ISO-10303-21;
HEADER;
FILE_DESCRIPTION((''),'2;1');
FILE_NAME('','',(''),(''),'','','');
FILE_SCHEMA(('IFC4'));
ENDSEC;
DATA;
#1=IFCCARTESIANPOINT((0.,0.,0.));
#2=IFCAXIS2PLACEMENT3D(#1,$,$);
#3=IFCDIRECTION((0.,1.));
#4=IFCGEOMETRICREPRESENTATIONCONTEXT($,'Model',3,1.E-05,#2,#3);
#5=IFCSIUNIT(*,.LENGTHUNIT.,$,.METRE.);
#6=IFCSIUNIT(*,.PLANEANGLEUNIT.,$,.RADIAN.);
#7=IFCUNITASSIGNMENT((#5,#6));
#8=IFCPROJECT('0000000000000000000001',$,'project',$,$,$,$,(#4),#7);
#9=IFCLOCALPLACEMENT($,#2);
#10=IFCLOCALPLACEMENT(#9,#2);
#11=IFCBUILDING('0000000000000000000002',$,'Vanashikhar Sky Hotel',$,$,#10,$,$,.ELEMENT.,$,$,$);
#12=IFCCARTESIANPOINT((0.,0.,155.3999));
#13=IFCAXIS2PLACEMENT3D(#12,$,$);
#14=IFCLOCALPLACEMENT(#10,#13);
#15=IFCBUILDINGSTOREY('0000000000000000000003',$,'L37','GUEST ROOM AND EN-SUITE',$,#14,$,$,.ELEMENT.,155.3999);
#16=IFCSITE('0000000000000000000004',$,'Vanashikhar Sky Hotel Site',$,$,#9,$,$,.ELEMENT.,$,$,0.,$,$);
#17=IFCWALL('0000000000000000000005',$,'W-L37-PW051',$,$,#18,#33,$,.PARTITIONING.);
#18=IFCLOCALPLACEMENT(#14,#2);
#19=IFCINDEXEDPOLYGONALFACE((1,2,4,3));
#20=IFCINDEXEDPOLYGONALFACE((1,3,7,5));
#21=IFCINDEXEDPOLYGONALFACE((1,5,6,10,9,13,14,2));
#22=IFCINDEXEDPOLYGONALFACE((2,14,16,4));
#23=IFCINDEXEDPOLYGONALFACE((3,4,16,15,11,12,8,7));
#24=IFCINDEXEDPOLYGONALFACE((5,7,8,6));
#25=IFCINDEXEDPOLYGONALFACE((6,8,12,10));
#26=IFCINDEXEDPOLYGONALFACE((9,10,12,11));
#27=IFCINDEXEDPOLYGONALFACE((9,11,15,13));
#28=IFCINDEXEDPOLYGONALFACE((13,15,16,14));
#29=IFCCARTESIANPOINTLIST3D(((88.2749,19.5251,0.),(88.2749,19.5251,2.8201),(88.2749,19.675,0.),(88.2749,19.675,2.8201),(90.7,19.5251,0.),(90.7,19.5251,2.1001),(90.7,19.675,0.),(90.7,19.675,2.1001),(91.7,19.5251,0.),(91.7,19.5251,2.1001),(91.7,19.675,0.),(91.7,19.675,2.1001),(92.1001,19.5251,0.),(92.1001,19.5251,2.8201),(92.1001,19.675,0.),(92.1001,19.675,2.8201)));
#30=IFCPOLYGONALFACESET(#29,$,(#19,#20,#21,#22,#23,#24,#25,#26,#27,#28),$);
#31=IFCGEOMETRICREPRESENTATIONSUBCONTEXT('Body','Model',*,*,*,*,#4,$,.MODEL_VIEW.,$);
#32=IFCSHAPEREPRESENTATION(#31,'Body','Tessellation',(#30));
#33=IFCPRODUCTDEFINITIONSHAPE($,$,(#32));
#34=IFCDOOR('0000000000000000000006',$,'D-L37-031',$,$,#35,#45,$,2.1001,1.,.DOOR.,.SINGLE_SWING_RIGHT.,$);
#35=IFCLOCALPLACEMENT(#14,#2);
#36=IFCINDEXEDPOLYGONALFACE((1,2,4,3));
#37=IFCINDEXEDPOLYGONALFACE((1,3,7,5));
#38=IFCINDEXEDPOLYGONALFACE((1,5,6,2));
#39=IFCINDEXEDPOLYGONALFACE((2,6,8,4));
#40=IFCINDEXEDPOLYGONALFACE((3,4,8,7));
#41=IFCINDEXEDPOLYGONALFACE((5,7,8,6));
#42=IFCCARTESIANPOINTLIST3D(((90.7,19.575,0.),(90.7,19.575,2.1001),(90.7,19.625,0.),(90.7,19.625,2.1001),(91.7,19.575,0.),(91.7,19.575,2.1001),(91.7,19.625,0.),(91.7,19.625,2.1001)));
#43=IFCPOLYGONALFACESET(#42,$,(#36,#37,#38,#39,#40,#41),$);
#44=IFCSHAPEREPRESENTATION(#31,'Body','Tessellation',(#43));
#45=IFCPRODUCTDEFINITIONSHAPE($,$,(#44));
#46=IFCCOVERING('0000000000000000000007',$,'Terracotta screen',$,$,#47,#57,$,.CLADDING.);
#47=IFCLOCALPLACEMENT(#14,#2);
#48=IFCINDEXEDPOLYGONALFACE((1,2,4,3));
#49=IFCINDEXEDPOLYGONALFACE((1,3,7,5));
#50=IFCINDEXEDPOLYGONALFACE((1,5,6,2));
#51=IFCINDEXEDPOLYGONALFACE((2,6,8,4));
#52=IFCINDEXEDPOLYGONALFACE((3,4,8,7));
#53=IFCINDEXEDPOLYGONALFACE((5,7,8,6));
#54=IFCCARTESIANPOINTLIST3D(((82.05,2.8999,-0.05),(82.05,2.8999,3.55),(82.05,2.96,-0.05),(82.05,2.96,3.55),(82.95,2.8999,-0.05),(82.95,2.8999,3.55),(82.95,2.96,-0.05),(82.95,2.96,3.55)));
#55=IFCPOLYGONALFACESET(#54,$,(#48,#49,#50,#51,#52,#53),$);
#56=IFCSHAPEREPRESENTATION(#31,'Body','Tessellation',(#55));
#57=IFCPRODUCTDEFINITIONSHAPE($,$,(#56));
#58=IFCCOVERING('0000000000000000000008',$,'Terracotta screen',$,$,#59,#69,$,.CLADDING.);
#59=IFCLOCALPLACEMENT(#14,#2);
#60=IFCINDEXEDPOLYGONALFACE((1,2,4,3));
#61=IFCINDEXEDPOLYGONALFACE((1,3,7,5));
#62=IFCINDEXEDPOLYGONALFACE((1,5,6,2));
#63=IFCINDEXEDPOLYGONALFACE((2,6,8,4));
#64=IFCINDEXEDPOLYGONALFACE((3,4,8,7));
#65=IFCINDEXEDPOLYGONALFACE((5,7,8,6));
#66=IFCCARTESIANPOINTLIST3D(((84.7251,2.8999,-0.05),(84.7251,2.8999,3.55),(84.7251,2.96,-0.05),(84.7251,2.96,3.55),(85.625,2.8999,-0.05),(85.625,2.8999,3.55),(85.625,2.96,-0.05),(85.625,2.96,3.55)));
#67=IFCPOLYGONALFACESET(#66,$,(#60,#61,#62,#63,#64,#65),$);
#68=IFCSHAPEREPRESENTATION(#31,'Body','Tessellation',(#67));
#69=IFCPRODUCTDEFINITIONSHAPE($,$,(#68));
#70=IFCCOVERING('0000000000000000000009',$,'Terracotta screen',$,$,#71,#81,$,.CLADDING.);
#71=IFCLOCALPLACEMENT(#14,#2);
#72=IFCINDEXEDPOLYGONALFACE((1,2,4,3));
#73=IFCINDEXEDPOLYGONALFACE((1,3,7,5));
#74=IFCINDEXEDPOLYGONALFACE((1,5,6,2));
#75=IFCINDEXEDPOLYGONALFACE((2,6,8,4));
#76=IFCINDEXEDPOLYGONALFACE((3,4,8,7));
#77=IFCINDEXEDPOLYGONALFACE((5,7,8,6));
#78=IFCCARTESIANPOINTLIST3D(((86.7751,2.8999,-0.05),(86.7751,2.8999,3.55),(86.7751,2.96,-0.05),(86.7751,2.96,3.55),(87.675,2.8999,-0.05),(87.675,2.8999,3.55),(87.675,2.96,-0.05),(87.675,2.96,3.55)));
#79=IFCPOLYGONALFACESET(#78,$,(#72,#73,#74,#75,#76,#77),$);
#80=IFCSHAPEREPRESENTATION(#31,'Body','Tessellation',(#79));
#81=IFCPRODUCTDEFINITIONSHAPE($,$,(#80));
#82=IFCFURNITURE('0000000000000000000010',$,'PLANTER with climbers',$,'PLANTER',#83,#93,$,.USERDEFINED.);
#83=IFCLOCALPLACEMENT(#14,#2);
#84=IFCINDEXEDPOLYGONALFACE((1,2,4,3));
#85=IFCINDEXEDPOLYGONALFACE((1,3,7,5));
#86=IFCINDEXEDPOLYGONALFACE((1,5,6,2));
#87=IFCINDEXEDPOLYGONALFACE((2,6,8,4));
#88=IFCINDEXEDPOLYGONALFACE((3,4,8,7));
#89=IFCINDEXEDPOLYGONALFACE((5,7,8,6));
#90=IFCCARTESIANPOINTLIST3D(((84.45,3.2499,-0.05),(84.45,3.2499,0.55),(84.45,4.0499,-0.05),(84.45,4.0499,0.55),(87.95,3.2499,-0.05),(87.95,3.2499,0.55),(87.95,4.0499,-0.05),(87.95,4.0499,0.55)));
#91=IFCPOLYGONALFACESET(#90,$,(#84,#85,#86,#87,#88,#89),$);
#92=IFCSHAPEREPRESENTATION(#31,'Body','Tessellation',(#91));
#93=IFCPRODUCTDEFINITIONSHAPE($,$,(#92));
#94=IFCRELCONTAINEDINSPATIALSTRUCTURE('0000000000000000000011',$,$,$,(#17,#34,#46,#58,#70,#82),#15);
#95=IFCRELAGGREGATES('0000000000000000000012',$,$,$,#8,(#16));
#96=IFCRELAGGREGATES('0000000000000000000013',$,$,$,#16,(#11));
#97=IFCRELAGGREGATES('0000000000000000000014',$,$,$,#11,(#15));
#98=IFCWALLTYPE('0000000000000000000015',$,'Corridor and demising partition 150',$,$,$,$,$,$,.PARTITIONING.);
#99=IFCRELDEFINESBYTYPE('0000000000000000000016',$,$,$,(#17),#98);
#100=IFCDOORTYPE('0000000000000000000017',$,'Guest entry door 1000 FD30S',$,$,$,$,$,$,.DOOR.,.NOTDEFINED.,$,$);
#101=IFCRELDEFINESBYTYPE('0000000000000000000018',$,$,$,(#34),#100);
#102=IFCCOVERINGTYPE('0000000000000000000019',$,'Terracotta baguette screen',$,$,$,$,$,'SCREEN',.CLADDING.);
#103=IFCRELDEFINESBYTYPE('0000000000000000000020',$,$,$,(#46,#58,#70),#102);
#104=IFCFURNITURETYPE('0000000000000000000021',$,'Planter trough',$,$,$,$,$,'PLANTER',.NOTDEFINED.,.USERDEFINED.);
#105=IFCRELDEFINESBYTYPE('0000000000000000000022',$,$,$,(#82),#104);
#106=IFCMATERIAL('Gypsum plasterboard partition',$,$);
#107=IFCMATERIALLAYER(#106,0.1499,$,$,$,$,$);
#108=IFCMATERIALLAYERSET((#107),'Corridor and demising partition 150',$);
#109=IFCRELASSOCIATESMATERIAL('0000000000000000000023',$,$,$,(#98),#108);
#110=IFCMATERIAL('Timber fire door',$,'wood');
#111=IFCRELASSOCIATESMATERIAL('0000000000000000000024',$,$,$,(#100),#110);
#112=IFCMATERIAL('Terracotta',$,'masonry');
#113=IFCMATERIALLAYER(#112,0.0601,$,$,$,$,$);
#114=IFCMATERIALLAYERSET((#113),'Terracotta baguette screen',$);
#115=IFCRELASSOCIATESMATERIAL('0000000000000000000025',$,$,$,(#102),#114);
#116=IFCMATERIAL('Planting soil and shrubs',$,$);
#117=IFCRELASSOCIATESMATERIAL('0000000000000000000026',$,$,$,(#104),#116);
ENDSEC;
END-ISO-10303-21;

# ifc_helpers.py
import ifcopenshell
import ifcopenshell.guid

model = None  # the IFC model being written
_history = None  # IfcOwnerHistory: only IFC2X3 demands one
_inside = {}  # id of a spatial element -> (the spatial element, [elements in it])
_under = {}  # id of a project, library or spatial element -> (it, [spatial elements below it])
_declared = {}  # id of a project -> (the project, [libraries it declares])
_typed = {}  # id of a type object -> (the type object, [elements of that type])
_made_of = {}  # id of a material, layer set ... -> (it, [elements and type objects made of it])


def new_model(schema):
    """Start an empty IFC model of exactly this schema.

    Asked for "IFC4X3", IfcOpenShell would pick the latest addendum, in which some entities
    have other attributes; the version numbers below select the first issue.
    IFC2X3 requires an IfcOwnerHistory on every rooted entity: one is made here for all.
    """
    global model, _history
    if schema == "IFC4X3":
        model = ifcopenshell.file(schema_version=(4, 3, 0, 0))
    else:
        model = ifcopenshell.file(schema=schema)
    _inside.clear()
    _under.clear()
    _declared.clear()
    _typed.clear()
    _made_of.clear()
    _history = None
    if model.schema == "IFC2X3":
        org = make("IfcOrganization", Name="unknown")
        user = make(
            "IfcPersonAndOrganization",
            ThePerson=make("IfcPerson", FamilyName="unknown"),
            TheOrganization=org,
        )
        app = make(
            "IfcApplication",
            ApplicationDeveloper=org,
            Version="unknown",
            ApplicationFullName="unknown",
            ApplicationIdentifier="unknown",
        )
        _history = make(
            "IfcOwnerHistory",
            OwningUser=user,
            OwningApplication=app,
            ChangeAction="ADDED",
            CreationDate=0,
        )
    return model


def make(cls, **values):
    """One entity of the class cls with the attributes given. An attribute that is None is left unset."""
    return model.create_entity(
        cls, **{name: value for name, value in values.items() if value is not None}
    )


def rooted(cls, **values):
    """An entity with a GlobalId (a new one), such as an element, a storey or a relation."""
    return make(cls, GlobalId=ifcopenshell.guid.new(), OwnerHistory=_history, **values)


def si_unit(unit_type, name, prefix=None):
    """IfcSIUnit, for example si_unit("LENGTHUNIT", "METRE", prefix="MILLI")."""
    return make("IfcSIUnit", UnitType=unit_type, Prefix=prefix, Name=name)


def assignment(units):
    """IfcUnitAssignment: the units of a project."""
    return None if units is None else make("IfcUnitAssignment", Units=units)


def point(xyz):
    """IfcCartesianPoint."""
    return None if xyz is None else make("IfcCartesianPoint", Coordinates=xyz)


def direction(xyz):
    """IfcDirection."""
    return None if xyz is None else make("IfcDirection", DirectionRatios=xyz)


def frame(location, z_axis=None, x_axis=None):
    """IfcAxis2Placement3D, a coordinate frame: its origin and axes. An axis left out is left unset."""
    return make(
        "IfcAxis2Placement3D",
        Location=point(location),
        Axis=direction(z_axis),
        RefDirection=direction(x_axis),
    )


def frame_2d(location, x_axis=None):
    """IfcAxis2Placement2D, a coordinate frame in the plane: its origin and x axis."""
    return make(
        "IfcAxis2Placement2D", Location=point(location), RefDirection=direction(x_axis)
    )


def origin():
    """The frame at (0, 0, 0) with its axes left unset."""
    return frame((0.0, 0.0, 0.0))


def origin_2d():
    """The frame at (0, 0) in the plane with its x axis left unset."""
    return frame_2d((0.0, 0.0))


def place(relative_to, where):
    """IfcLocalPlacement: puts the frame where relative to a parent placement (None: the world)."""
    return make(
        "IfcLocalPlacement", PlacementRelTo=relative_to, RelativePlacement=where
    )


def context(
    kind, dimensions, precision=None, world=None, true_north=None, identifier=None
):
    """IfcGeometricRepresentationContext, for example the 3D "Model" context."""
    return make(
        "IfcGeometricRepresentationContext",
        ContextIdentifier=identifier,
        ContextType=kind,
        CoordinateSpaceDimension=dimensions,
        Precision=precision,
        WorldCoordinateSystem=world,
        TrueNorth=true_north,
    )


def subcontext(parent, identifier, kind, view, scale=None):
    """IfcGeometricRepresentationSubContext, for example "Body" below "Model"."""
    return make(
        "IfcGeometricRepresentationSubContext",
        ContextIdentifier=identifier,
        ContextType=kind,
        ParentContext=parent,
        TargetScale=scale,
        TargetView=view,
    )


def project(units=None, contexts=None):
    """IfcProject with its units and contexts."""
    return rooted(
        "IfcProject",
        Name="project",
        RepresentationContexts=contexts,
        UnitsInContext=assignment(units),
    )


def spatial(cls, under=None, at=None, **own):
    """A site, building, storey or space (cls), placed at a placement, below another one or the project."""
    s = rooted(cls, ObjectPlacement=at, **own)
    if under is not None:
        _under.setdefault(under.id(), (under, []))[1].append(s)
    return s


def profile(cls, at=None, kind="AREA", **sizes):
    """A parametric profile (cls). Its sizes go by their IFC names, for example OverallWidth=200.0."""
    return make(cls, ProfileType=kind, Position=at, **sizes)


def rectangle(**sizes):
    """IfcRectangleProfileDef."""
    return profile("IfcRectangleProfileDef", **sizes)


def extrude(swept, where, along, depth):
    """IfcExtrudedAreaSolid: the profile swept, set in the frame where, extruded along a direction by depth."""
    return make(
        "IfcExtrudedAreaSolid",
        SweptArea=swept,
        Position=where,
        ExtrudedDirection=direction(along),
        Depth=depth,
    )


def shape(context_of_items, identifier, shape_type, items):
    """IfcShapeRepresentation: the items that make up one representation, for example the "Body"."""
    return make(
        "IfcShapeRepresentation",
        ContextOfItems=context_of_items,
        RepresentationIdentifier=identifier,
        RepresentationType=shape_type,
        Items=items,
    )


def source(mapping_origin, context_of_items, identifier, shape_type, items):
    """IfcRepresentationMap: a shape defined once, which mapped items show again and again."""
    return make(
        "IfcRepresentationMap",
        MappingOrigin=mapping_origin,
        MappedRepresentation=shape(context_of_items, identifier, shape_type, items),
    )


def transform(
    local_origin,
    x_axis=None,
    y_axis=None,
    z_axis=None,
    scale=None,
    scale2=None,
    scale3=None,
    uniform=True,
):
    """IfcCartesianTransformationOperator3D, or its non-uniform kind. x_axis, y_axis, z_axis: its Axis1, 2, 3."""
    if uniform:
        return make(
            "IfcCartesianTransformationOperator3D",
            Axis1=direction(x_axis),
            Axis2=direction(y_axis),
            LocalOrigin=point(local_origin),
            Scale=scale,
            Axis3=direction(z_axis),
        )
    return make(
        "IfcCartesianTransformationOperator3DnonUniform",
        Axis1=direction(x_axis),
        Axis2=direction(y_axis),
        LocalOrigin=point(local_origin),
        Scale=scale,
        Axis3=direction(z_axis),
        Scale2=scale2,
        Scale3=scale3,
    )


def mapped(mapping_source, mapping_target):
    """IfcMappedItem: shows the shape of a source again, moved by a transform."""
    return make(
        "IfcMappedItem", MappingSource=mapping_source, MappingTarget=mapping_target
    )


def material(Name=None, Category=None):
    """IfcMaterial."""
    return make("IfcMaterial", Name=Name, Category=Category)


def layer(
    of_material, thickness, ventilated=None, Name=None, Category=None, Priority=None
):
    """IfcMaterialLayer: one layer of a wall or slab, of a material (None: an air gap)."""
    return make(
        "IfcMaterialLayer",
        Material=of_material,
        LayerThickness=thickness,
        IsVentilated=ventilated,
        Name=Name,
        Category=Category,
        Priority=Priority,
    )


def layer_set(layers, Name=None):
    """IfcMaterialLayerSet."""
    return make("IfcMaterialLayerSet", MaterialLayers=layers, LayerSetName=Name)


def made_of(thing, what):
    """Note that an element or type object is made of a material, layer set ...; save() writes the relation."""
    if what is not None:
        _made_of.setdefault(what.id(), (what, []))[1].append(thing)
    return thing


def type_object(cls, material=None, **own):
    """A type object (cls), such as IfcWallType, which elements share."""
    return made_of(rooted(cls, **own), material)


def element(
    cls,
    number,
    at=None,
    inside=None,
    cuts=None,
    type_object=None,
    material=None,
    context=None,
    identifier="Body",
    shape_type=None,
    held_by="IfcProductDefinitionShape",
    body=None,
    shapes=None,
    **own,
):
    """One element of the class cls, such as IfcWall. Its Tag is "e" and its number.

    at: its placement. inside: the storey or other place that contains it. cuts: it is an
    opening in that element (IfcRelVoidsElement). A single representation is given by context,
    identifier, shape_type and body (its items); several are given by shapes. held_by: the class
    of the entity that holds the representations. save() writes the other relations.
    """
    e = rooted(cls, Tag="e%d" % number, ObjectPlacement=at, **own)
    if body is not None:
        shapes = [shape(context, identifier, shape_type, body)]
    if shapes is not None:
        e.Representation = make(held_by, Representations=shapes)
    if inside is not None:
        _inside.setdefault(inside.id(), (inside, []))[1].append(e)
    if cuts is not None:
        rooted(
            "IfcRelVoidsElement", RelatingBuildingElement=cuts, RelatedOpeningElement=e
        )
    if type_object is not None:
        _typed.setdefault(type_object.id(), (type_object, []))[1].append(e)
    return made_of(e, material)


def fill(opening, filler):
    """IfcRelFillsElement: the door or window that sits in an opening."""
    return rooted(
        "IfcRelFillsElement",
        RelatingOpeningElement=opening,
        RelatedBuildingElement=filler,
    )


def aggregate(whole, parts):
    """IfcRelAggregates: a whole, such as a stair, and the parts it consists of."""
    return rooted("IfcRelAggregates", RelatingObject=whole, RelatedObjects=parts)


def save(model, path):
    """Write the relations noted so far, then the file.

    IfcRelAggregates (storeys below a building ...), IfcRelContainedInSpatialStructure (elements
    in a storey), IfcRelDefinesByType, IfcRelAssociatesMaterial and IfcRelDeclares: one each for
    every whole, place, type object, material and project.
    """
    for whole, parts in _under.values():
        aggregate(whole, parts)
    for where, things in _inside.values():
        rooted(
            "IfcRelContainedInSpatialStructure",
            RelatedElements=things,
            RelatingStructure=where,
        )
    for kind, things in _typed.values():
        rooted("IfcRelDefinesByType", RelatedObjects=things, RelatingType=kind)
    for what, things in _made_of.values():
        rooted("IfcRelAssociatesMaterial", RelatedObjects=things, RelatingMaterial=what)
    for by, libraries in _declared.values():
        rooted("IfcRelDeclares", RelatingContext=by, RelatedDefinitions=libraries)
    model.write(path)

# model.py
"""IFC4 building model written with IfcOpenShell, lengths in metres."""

from ifc_helpers import new_model, si_unit, direction, frame, frame_2d, origin, origin_2d, place, context, subcontext, project, spatial, rectangle, extrude, source, transform, mapped, material, layer, layer_set, type_object, element, fill, save


model = new_model("IFC4")

# Units and contexts
model_context = context("Model", 3, precision=1e-05, world=origin(), true_north=direction((0.0, 1.0)))
body_context = subcontext(model_context, "Body", "Model", "MODEL_VIEW")
ifc_project = project(units=[si_unit("LENGTHUNIT", "METRE"), si_unit("PLANEANGLEUNIT", "RADIAN")], contexts=[model_context])

# Site, building, storey
site_placement = place(None, origin())
site = spatial("IfcSite", under=ifc_project, at=site_placement, Name="Vanashikhar Sky Hotel Site", CompositionType="ELEMENT", RefElevation=0.0)
building_placement = place(site_placement, origin())
building = spatial("IfcBuilding", under=site, at=building_placement, Name="Vanashikhar Sky Hotel", CompositionType="ELEMENT")
storey_placement = place(building_placement, frame((0.0, 0.0, 155.3999)))
storey = spatial("IfcBuildingStorey", under=building, at=storey_placement, Name="L37", Description="GUEST ROOM AND EN-SUITE", CompositionType="ELEMENT", Elevation=155.3999)

# Shared definitions
ifc_material_1 = material(Name="Gypsum plasterboard partition")
ifc_layer_1 = layer(ifc_material_1, 0.1499)
ifc_layer_set_1 = layer_set([ifc_layer_1], Name="Corridor and demising partition 150")
wall_type_1 = type_object("IfcWallType", Name="Corridor and demising partition 150", PredefinedType="PARTITIONING", material=ifc_layer_set_1)

# Wall, opening, door
shared_shape_1 = source(origin(), body_context, "Body", "SweptSolid", [
    extrude(rectangle(XDim=1.0, YDim=2.1001, at=frame_2d((0.5, 1.05))), frame((0.0, 0.085, 0.0), z_axis=(0.0, -1.0, 0.0), x_axis=(1.0, 0.0, 0.0)), (0.0, 0.0, 1.0), 0.1699),
])
ifc_material_2 = material(Name="Timber fire door", Category="wood")
door_type_1 = type_object("IfcDoorType", Name="Guest entry door 1000 FD30S", OperationType="NOTDEFINED", PredefinedType="DOOR", material=ifc_material_2)
shared_shape_2 = source(origin(), body_context, "Body", "SweptSolid", [
    extrude(rectangle(XDim=1.0, YDim=2.1001, at=frame_2d((0.5, 1.05))), frame((0.0, 0.0249, 0.0), z_axis=(0.0, -1.0, 0.0), x_axis=(1.0, 0.0, 0.0)), (0.0, 0.0, 1.0), 0.05),
])
shared_shape_3 = source(origin(), body_context, "Body", "SweptSolid", [
    extrude(rectangle(XDim=3.8252, YDim=0.1499, at=frame_2d((1.9126, 0.0))), origin(), (0.0, 0.0, 1.0), 2.8201),
])
wall_1_placement = place(storey_placement, frame((88.2749, 19.6001, 0.0), z_axis=(0.0, 0.0, 1.0), x_axis=(1.0, 0.0, 0.0)))
wall_1 = element("IfcWall", 1, at=wall_1_placement, inside=storey, type_object=wall_type_1, Name="W-L37-PW051", PredefinedType="PARTITIONING", context=body_context, shape_type="MappedRepresentation", body=[
    mapped(shared_shape_3, transform((0.0, 0.0, 0.0), scale=1.0)),
])
opening_1_placement = place(wall_1_placement, frame((2.425, 0.0, 0.0)))
opening_1 = element("IfcOpeningElement", 2, at=opening_1_placement, cuts=wall_1, PredefinedType="OPENING", context=body_context, shape_type="MappedRepresentation", body=[
    mapped(shared_shape_1, transform((0.0, 0.0, 0.0), scale=1.0)),
])
door_1_placement = place(opening_1_placement, origin())
door_1 = element("IfcDoor", 3, at=door_1_placement, inside=storey, type_object=door_type_1, Name="D-L37-031", OperationType="SINGLE_SWING_RIGHT", OverallHeight=2.1001, OverallWidth=1.0, PredefinedType="DOOR", context=body_context, shape_type="MappedRepresentation", body=[
    mapped(shared_shape_2, transform((0.0, 0.0, 0.0), scale=1.0)),
])
fill(opening_1, door_1)

# Coverings
ifc_material_3 = material(Name="Terracotta", Category="masonry")
ifc_layer_2 = layer(ifc_material_3, 0.0601)
ifc_layer_set_2 = layer_set([ifc_layer_2], Name="Terracotta baguette screen")
covering_type = type_object("IfcCoveringType", Name="Terracotta baguette screen", ElementType="SCREEN", PredefinedType="CLADDING", material=ifc_layer_set_2)
shared_shape_4 = source(origin(), body_context, "Body", "SweptSolid", [
    extrude(rectangle(XDim=0.8999, YDim=0.0601, at=origin_2d()), origin(), (0.0, 0.0, 1.0), 3.6001),
])
for number, where, z_axis, x_axis, name in (
    (4, (82.5, 2.9299, -0.05), (0.0, 0.0, 1.0), (1.0, 0.0, 0.0), "Terracotta screen"),
    (5, (85.175, 2.9299, -0.05), (0.0, 0.0, 1.0), (1.0, 0.0, 0.0), "Terracotta screen"),
    (6, (87.2251, 2.9299, -0.05), (0.0, 0.0, 1.0), (1.0, 0.0, 0.0), "Terracotta screen"),
):
    element("IfcCovering", number, at=place(storey_placement, frame(where, z_axis=z_axis, x_axis=x_axis)), inside=storey, type_object=covering_type, Name=name, PredefinedType="CLADDING", context=body_context, shape_type="MappedRepresentation", body=[
        mapped(shared_shape_4, transform((0.0, 0.0, 0.0), scale=1.0)),
    ])

# Furniture
ifc_material_4 = material(Name="Planting soil and shrubs")
furniture_type = type_object("IfcFurnitureType", Name="Planter trough", ElementType="PLANTER", AssemblyPlace="NOTDEFINED", PredefinedType="USERDEFINED", material=ifc_material_4)
shared_shape_5 = source(origin(), body_context, "Body", "SweptSolid", [
    extrude(rectangle(XDim=3.5, YDim=0.8, at=origin_2d()), origin(), (0.0, 0.0, 1.0), 0.6001),
])
furniture_placement = place(storey_placement, frame((86.2, 3.6499, -0.05), z_axis=(0.0, 0.0, 1.0), x_axis=(1.0, 0.0, 0.0)))
element("IfcFurniture", 7, at=furniture_placement, inside=storey, type_object=furniture_type, Name="PLANTER with climbers", ObjectType="PLANTER", PredefinedType="USERDEFINED", context=body_context, shape_type="MappedRepresentation", body=[
    mapped(shared_shape_5, transform((0.0, 0.0, 0.0), scale=1.0)),
])

save(model, "model.ifc")
